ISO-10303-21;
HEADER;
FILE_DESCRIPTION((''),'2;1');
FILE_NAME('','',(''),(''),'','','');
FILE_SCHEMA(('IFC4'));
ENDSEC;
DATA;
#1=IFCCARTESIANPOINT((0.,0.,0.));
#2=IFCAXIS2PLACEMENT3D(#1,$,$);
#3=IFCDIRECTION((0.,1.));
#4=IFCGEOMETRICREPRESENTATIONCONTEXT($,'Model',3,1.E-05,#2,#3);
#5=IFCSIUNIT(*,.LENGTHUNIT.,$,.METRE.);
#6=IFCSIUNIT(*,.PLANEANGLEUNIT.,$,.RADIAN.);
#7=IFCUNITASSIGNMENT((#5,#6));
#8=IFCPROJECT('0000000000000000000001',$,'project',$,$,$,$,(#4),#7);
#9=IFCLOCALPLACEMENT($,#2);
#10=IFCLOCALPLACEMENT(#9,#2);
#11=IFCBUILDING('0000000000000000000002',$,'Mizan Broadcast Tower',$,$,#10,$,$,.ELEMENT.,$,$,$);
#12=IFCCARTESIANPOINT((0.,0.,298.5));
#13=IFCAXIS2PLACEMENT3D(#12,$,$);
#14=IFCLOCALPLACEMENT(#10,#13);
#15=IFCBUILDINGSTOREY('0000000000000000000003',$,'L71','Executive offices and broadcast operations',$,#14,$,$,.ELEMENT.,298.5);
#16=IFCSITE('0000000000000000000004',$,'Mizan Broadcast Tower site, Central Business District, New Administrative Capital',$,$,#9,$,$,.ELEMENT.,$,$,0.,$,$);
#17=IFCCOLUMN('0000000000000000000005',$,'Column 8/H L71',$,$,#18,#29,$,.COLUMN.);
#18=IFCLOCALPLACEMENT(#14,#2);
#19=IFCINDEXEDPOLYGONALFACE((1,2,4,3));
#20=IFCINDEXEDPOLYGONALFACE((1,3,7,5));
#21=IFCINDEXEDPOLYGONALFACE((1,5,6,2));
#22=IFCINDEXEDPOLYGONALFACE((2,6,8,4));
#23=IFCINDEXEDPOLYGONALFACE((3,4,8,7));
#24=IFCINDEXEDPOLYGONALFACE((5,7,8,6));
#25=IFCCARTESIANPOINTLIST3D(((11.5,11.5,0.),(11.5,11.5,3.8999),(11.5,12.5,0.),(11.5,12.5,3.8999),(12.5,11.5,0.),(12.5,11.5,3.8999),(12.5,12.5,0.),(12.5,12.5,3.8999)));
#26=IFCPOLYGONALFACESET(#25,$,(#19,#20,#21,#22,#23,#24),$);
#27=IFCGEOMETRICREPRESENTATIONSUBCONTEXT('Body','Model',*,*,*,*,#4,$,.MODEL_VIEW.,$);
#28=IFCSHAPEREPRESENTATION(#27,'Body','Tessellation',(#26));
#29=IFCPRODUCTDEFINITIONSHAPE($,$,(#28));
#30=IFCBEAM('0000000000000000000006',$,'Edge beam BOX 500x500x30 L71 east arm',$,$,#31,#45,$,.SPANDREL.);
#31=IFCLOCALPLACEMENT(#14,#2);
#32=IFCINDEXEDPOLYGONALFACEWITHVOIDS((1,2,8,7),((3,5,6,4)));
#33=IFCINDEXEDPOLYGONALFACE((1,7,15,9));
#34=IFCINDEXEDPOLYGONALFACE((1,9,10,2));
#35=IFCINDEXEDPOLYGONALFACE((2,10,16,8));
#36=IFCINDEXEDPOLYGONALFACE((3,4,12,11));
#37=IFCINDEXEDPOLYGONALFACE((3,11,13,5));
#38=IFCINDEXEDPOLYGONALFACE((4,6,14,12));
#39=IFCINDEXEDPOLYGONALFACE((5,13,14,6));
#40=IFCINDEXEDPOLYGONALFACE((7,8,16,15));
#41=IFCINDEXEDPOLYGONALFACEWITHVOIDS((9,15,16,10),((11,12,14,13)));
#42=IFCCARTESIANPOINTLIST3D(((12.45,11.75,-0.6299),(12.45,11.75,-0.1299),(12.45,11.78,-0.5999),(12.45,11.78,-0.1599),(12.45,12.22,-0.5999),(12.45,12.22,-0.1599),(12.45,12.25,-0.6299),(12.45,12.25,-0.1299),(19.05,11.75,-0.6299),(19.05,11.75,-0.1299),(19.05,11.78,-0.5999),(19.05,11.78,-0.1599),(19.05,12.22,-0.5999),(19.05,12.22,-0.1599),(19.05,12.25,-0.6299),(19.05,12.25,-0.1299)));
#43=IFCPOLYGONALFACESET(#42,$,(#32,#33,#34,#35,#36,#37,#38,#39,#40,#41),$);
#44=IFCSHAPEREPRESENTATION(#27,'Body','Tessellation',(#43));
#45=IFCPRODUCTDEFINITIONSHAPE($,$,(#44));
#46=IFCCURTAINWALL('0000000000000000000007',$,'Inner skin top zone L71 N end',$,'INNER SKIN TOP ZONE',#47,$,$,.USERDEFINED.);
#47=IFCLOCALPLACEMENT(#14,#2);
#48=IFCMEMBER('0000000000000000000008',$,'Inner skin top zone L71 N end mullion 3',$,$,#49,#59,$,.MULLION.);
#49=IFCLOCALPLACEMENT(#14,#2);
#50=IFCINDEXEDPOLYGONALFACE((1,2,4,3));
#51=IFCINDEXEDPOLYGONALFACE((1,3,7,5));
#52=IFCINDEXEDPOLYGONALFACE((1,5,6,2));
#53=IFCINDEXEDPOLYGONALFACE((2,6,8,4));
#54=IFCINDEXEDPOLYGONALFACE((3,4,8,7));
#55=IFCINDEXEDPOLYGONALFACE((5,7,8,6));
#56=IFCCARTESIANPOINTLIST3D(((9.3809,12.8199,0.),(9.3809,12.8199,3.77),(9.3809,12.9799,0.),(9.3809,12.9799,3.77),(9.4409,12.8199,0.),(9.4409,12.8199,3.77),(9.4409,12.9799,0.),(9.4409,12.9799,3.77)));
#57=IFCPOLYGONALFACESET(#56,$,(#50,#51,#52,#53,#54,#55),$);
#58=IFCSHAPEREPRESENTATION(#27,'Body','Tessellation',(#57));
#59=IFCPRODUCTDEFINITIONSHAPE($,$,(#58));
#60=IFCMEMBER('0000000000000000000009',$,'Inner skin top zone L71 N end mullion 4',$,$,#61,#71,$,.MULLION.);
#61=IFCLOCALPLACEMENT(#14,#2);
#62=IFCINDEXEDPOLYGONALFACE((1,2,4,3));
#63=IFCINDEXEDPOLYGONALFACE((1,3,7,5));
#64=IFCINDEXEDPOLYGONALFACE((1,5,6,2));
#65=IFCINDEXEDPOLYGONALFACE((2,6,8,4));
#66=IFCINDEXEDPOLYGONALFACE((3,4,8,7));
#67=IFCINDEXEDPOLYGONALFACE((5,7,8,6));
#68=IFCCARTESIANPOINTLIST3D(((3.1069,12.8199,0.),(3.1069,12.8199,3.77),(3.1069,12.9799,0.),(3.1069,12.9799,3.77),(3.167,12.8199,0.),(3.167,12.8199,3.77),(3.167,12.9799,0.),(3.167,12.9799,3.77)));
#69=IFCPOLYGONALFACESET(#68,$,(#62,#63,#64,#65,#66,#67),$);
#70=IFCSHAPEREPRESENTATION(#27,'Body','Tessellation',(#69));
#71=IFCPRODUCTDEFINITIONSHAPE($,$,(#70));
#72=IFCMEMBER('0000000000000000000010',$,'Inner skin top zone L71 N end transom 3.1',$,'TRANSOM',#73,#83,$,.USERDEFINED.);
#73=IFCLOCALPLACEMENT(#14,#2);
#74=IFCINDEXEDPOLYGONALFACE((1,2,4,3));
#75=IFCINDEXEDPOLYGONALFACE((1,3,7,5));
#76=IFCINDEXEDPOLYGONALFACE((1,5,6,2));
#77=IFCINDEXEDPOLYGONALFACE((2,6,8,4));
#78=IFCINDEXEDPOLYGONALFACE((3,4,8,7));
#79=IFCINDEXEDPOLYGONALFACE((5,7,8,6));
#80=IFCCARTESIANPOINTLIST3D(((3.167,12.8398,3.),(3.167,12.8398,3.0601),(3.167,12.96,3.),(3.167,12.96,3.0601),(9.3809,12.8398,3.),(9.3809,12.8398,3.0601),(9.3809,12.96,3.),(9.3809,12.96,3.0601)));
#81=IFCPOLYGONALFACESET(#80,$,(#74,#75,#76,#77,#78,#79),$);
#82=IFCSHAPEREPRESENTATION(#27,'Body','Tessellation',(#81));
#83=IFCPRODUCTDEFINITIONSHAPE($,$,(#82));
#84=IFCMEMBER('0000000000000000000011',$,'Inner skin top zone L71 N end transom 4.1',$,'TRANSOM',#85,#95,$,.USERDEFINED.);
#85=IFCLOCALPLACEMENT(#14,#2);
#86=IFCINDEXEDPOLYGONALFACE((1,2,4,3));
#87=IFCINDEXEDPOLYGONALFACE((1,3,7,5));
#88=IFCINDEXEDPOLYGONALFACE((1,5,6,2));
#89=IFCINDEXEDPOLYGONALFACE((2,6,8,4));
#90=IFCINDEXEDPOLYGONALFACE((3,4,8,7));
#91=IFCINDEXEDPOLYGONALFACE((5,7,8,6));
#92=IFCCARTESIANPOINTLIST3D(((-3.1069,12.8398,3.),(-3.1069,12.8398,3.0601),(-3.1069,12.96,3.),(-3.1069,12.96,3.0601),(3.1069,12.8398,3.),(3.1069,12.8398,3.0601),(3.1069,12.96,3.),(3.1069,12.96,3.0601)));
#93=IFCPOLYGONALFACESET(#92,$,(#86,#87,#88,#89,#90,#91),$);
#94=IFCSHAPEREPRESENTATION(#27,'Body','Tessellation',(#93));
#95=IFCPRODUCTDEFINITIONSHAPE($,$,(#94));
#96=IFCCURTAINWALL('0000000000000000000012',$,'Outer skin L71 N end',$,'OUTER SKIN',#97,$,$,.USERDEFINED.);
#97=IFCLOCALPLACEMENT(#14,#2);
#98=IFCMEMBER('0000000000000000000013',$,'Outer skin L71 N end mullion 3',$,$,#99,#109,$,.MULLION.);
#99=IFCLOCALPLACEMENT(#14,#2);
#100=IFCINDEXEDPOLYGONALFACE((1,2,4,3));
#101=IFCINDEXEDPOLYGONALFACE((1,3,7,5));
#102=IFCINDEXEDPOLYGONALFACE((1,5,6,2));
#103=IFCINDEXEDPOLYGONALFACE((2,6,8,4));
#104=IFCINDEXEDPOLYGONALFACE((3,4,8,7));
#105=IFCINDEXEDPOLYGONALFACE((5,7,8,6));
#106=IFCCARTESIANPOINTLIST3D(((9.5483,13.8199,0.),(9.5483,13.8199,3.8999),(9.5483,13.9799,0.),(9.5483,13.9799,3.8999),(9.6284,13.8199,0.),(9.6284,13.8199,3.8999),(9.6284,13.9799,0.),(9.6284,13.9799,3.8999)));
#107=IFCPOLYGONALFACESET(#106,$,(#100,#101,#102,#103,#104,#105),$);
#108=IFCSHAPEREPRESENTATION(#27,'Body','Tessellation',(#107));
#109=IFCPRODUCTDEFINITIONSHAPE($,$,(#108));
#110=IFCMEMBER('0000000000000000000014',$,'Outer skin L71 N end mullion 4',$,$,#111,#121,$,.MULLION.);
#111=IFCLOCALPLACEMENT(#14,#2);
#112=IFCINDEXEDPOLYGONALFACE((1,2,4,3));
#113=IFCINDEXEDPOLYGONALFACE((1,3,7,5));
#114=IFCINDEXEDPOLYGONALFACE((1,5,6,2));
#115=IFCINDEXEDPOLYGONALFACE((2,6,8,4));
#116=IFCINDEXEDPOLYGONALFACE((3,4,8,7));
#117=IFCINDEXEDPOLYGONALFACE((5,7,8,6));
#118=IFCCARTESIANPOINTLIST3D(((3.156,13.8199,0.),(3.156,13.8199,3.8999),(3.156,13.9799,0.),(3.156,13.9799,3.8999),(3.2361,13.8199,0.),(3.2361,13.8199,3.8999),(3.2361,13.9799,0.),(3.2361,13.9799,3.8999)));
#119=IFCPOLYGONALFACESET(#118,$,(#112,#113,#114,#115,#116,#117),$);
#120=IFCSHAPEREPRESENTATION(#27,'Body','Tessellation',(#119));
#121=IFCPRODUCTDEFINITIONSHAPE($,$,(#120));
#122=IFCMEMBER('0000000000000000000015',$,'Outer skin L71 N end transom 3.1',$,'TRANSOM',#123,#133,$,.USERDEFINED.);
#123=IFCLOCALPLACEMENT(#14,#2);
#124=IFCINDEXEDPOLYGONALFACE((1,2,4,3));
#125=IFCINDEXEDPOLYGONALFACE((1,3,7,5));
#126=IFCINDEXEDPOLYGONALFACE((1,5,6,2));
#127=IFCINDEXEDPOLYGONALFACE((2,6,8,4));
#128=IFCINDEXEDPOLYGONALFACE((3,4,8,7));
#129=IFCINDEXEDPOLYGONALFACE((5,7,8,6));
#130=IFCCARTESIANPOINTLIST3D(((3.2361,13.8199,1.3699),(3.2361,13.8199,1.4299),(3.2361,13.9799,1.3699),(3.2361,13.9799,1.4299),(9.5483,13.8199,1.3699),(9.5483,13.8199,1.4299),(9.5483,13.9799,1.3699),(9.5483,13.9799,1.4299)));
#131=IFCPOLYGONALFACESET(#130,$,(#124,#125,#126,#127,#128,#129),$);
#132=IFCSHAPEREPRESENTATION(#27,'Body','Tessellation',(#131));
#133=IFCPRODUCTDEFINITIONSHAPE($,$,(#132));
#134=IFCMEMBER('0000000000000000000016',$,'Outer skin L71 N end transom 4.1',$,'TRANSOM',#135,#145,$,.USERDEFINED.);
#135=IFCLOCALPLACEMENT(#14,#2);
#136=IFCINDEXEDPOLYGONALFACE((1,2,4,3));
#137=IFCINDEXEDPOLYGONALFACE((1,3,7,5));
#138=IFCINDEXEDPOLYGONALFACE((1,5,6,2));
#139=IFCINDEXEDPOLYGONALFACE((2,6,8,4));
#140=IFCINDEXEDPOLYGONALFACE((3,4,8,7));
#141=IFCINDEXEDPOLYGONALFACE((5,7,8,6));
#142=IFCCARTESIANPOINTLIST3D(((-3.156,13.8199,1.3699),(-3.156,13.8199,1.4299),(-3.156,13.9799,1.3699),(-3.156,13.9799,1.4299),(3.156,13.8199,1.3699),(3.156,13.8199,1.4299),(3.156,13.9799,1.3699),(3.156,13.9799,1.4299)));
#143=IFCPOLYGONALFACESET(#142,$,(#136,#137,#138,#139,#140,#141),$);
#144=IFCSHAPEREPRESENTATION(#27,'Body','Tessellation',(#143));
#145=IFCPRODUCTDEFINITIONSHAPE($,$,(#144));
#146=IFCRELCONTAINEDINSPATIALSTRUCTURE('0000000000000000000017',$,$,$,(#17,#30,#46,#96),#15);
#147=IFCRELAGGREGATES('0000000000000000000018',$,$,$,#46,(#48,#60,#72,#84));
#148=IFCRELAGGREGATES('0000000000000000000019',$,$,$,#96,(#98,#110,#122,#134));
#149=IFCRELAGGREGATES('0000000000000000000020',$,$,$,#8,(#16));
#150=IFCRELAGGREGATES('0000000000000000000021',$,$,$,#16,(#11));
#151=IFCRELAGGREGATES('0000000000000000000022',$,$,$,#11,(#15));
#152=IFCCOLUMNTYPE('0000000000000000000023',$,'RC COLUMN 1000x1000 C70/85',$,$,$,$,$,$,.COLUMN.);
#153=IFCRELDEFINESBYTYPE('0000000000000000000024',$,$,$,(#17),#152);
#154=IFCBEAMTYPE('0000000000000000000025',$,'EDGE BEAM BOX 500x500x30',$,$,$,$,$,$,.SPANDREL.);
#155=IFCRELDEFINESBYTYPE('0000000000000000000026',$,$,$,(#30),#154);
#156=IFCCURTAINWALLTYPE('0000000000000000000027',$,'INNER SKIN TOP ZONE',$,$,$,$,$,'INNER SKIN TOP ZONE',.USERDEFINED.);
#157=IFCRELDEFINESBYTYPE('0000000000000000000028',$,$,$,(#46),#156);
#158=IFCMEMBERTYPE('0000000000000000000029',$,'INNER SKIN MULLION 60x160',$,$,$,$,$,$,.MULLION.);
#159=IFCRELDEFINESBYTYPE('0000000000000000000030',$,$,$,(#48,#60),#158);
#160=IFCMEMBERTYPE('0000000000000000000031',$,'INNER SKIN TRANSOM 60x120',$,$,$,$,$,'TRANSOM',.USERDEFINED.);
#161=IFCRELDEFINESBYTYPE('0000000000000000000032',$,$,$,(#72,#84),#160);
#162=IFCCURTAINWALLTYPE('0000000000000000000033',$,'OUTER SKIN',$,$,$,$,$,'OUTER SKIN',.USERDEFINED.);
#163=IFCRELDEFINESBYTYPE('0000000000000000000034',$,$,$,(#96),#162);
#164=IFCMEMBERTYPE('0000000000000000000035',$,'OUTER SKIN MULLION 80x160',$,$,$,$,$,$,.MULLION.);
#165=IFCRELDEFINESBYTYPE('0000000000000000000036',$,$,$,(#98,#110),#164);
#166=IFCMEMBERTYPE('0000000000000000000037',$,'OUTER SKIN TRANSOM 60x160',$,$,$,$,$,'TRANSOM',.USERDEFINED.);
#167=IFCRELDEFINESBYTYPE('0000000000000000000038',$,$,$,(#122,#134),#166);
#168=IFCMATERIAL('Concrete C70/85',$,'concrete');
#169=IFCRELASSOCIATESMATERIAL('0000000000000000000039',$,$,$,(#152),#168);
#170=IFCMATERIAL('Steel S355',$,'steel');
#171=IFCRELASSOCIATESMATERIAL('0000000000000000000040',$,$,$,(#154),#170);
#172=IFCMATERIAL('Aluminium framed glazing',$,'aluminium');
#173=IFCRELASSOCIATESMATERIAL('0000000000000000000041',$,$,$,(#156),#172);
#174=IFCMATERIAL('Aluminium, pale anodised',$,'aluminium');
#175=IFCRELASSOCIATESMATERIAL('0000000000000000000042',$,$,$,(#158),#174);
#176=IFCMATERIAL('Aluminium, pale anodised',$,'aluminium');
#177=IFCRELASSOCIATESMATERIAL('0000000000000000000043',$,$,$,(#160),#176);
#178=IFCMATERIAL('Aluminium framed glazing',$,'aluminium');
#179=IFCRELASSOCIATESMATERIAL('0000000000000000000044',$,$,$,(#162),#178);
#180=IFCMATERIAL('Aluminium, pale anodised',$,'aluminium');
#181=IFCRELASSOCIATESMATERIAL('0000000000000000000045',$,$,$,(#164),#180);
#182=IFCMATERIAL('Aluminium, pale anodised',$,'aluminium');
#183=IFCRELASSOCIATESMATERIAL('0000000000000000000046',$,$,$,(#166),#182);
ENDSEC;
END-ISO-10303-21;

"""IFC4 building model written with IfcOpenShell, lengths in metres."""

from ifc_helpers import new_model, si_unit, direction, frame, origin, origin_2d, place, context, subcontext, project, spatial, rectangle, hollow_rectangle, extrude, material, material_profile, profile_set, type_object, element, aggregate, save


model = new_model("IFC4")

# Units and contexts
model_context = context("Model", 3, precision=1e-05, world=origin(), true_north=direction((0.0, 1.0)))
body_context = subcontext(model_context, "Body", "Model", "MODEL_VIEW")
ifc_project = project(units=[si_unit("LENGTHUNIT", "METRE"), si_unit("PLANEANGLEUNIT", "RADIAN")], contexts=[model_context])

# Site, building, storey
site_placement = place(None, origin())
site = spatial("IfcSite", under=ifc_project, at=site_placement, Name="Mizan Broadcast Tower site, Central Business District, New Administrative Capital", CompositionType="ELEMENT", RefElevation=0.0)
building_placement = place(site_placement, origin())
building = spatial("IfcBuilding", under=site, at=building_placement, Name="Mizan Broadcast Tower", CompositionType="ELEMENT")
storey_placement = place(building_placement, frame((0.0, 0.0, 298.5)))
storey = spatial("IfcBuildingStorey", under=building, at=storey_placement, Name="L71", Description="Executive offices and broadcast operations", CompositionType="ELEMENT", Elevation=298.5)

# Column
ifc_material_1 = material(Name="Concrete C70/85", Category="concrete")
ifc_material_profile_1 = material_profile(ifc_material_1, rectangle(XDim=1.0, YDim=1.0, at=origin_2d()), Name="RC 1000x1000")
ifc_profile_set_1 = profile_set([ifc_material_profile_1], Name="Concrete C70/85")
column_type = type_object("IfcColumnType", Name="RC COLUMN 1000x1000 C70/85", PredefinedType="COLUMN", material=ifc_profile_set_1)
column_placement = place(storey_placement, frame((12.0, 12.0, 0.0), z_axis=(0.0, 0.0, 1.0), x_axis=(1.0, 0.0, 0.0)))
element("IfcColumn", 1, at=column_placement, inside=storey, type_object=column_type, Name="Column 8/H L71", PredefinedType="COLUMN", context=body_context, shape_type="SweptSolid", body=[
    extrude(rectangle(XDim=1.0, YDim=1.0, at=origin_2d()), origin(), (0.0, 0.0, 1.0), 3.8999),
])

# Beam
ifc_material_2 = material(Name="Steel S355", Category="steel")
ifc_material_profile_2 = material_profile(ifc_material_2, hollow_rectangle(XDim=0.5, YDim=0.5, WallThickness=0.03, at=origin_2d()), Name="BOX 500x500x30")
ifc_profile_set_2 = profile_set([ifc_material_profile_2], Name="Steel S355")
beam_type_1 = type_object("IfcBeamType", Name="EDGE BEAM BOX 500x500x30", PredefinedType="SPANDREL", material=ifc_profile_set_2)
beam_1_placement = place(storey_placement, frame((12.45, 12.0, -0.3799), z_axis=(1.0, 0.0, 0.0), x_axis=(0.0, 1.0, 0.0)))
element("IfcBeam", 2, at=beam_1_placement, inside=storey, type_object=beam_type_1, Name="Edge beam BOX 500x500x30 L71 east arm", PredefinedType="SPANDREL", context=body_context, shape_type="SweptSolid", body=[
    extrude(hollow_rectangle(XDim=0.5, YDim=0.5, WallThickness=0.03, at=origin_2d()), origin(), (0.0, 0.0, 1.0), 6.6001),
])

# Curtain walls, members
ifc_material_3 = material(Name="Aluminium framed glazing", Category="aluminium")
curtain_wall_type_1 = type_object("IfcCurtainWallType", Name="INNER SKIN TOP ZONE", ElementType="INNER SKIN TOP ZONE", PredefinedType="USERDEFINED", material=ifc_material_3)
curtain_wall_1_placement = place(storey_placement, origin())
curtain_wall_1 = element("IfcCurtainWall", 3, at=curtain_wall_1_placement, inside=storey, type_object=curtain_wall_type_1, Name="Inner skin top zone L71 N end", ObjectType="INNER SKIN TOP ZONE", PredefinedType="USERDEFINED")
ifc_material_4 = material(Name="Aluminium, pale anodised", Category="aluminium")
ifc_material_profile_3 = material_profile(ifc_material_4, rectangle(XDim=0.1599, YDim=0.0601, at=origin_2d()), Name="MULLION 160x60")
ifc_profile_set_3 = profile_set([ifc_material_profile_3], Name="Aluminium, pale anodised")
member_type_1 = type_object("IfcMemberType", Name="INNER SKIN MULLION 60x160", PredefinedType="MULLION", material=ifc_profile_set_3)
member_1_placement = place(storey_placement, frame((9.4109, 12.8999, 0.0), z_axis=(0.0, 0.0, 1.0), x_axis=(0.0, -1.0, 0.0)))
member_1 = element("IfcMember", 4, at=member_1_placement, type_object=member_type_1, Name="Inner skin top zone L71 N end mullion 3", PredefinedType="MULLION", context=body_context, shape_type="SweptSolid", body=[
    extrude(rectangle(XDim=0.1599, YDim=0.0601, at=origin_2d()), origin(), (0.0, 0.0, 1.0), 3.77),
])
member_2_placement = place(storey_placement, frame((3.137, 12.8999, 0.0), z_axis=(0.0, 0.0, 1.0), x_axis=(0.0, -1.0, 0.0)))
member_2 = element("IfcMember", 5, at=member_2_placement, type_object=member_type_1, Name="Inner skin top zone L71 N end mullion 4", PredefinedType="MULLION", context=body_context, shape_type="SweptSolid", body=[
    extrude(rectangle(XDim=0.1599, YDim=0.0601, at=origin_2d()), origin(), (0.0, 0.0, 1.0), 3.77),
])
ifc_material_5 = material(Name="Aluminium, pale anodised", Category="aluminium")
ifc_material_profile_4 = material_profile(ifc_material_5, rectangle(XDim=0.1201, YDim=0.0601, at=origin_2d()), Name="TRANSOM 120x60")
ifc_profile_set_4 = profile_set([ifc_material_profile_4], Name="Aluminium, pale anodised")
member_type_2 = type_object("IfcMemberType", Name="INNER SKIN TRANSOM 60x120", ElementType="TRANSOM", PredefinedType="USERDEFINED", material=ifc_profile_set_4)
member_3_placement = place(storey_placement, frame((9.3809, 12.8999, 3.03), z_axis=(-1.0, 0.0, 0.0), x_axis=(0.0, -1.0, 0.0)))
member_3 = element("IfcMember", 6, at=member_3_placement, type_object=member_type_2, Name="Inner skin top zone L71 N end transom 3.1", ObjectType="TRANSOM", PredefinedType="USERDEFINED", context=body_context, shape_type="SweptSolid", body=[
    extrude(rectangle(XDim=0.1201, YDim=0.0601, at=origin_2d()), origin(), (0.0, 0.0, 1.0), 6.2139),
])
member_4_placement = place(storey_placement, frame((3.1069, 12.8999, 3.03), z_axis=(-1.0, 0.0, 0.0), x_axis=(0.0, -1.0, 0.0)))
member_4 = element("IfcMember", 7, at=member_4_placement, type_object=member_type_2, Name="Inner skin top zone L71 N end transom 4.1", ObjectType="TRANSOM", PredefinedType="USERDEFINED", context=body_context, shape_type="SweptSolid", body=[
    extrude(rectangle(XDim=0.1201, YDim=0.0601, at=origin_2d()), origin(), (0.0, 0.0, 1.0), 6.2139),
])
ifc_material_6 = material(Name="Aluminium framed glazing", Category="aluminium")
curtain_wall_type_2 = type_object("IfcCurtainWallType", Name="OUTER SKIN", ElementType="OUTER SKIN", PredefinedType="USERDEFINED", material=ifc_material_6)
curtain_wall_2_placement = place(storey_placement, origin())
curtain_wall_2 = element("IfcCurtainWall", 8, at=curtain_wall_2_placement, inside=storey, type_object=curtain_wall_type_2, Name="Outer skin L71 N end", ObjectType="OUTER SKIN", PredefinedType="USERDEFINED")
ifc_material_7 = material(Name="Aluminium, pale anodised", Category="aluminium")
ifc_material_profile_5 = material_profile(ifc_material_7, rectangle(XDim=0.1599, YDim=0.0801, at=origin_2d()), Name="MULLION 160x80")
ifc_profile_set_5 = profile_set([ifc_material_profile_5], Name="Aluminium, pale anodised")
member_type_3 = type_object("IfcMemberType", Name="OUTER SKIN MULLION 80x160", PredefinedType="MULLION", material=ifc_profile_set_5)
member_5_placement = place(storey_placement, frame((9.5884, 13.8999, 0.0), z_axis=(0.0, 0.0, 1.0), x_axis=(0.0, -1.0, 0.0)))
member_5 = element("IfcMember", 9, at=member_5_placement, type_object=member_type_3, Name="Outer skin L71 N end mullion 3", PredefinedType="MULLION", context=body_context, shape_type="SweptSolid", body=[
    extrude(rectangle(XDim=0.1599, YDim=0.0801, at=origin_2d()), origin(), (0.0, 0.0, 1.0), 3.8999),
])
member_6_placement = place(storey_placement, frame((3.196, 13.8999, 0.0), z_axis=(0.0, 0.0, 1.0), x_axis=(0.0, -1.0, 0.0)))
member_6 = element("IfcMember", 10, at=member_6_placement, type_object=member_type_3, Name="Outer skin L71 N end mullion 4", PredefinedType="MULLION", context=body_context, shape_type="SweptSolid", body=[
    extrude(rectangle(XDim=0.1599, YDim=0.0801, at=origin_2d()), origin(), (0.0, 0.0, 1.0), 3.8999),
])
ifc_material_8 = material(Name="Aluminium, pale anodised", Category="aluminium")
ifc_material_profile_6 = material_profile(ifc_material_8, rectangle(XDim=0.1599, YDim=0.0601, at=origin_2d()), Name="TRANSOM 160x60")
ifc_profile_set_6 = profile_set([ifc_material_profile_6], Name="Aluminium, pale anodised")
member_type_4 = type_object("IfcMemberType", Name="OUTER SKIN TRANSOM 60x160", ElementType="TRANSOM", PredefinedType="USERDEFINED", material=ifc_profile_set_6)
member_7_placement = place(storey_placement, frame((9.5483, 13.8999, 1.3999), z_axis=(-1.0, 0.0, 0.0), x_axis=(0.0, -1.0, 0.0)))
member_7 = element("IfcMember", 11, at=member_7_placement, type_object=member_type_4, Name="Outer skin L71 N end transom 3.1", ObjectType="TRANSOM", PredefinedType="USERDEFINED", context=body_context, shape_type="SweptSolid", body=[
    extrude(rectangle(XDim=0.1599, YDim=0.0601, at=origin_2d()), origin(), (0.0, 0.0, 1.0), 6.3123),
])
member_8_placement = place(storey_placement, frame((3.156, 13.8999, 1.3999), z_axis=(-1.0, 0.0, 0.0), x_axis=(0.0, -1.0, 0.0)))
member_8 = element("IfcMember", 12, at=member_8_placement, type_object=member_type_4, Name="Outer skin L71 N end transom 4.1", ObjectType="TRANSOM", PredefinedType="USERDEFINED", context=body_context, shape_type="SweptSolid", body=[
    extrude(rectangle(XDim=0.1599, YDim=0.0601, at=origin_2d()), origin(), (0.0, 0.0, 1.0), 6.312),
])

aggregate(curtain_wall_1, [member_1, member_2, member_3, member_4])
aggregate(curtain_wall_2, [member_5, member_6, member_7, member_8])

save(model, "model.ifc")
